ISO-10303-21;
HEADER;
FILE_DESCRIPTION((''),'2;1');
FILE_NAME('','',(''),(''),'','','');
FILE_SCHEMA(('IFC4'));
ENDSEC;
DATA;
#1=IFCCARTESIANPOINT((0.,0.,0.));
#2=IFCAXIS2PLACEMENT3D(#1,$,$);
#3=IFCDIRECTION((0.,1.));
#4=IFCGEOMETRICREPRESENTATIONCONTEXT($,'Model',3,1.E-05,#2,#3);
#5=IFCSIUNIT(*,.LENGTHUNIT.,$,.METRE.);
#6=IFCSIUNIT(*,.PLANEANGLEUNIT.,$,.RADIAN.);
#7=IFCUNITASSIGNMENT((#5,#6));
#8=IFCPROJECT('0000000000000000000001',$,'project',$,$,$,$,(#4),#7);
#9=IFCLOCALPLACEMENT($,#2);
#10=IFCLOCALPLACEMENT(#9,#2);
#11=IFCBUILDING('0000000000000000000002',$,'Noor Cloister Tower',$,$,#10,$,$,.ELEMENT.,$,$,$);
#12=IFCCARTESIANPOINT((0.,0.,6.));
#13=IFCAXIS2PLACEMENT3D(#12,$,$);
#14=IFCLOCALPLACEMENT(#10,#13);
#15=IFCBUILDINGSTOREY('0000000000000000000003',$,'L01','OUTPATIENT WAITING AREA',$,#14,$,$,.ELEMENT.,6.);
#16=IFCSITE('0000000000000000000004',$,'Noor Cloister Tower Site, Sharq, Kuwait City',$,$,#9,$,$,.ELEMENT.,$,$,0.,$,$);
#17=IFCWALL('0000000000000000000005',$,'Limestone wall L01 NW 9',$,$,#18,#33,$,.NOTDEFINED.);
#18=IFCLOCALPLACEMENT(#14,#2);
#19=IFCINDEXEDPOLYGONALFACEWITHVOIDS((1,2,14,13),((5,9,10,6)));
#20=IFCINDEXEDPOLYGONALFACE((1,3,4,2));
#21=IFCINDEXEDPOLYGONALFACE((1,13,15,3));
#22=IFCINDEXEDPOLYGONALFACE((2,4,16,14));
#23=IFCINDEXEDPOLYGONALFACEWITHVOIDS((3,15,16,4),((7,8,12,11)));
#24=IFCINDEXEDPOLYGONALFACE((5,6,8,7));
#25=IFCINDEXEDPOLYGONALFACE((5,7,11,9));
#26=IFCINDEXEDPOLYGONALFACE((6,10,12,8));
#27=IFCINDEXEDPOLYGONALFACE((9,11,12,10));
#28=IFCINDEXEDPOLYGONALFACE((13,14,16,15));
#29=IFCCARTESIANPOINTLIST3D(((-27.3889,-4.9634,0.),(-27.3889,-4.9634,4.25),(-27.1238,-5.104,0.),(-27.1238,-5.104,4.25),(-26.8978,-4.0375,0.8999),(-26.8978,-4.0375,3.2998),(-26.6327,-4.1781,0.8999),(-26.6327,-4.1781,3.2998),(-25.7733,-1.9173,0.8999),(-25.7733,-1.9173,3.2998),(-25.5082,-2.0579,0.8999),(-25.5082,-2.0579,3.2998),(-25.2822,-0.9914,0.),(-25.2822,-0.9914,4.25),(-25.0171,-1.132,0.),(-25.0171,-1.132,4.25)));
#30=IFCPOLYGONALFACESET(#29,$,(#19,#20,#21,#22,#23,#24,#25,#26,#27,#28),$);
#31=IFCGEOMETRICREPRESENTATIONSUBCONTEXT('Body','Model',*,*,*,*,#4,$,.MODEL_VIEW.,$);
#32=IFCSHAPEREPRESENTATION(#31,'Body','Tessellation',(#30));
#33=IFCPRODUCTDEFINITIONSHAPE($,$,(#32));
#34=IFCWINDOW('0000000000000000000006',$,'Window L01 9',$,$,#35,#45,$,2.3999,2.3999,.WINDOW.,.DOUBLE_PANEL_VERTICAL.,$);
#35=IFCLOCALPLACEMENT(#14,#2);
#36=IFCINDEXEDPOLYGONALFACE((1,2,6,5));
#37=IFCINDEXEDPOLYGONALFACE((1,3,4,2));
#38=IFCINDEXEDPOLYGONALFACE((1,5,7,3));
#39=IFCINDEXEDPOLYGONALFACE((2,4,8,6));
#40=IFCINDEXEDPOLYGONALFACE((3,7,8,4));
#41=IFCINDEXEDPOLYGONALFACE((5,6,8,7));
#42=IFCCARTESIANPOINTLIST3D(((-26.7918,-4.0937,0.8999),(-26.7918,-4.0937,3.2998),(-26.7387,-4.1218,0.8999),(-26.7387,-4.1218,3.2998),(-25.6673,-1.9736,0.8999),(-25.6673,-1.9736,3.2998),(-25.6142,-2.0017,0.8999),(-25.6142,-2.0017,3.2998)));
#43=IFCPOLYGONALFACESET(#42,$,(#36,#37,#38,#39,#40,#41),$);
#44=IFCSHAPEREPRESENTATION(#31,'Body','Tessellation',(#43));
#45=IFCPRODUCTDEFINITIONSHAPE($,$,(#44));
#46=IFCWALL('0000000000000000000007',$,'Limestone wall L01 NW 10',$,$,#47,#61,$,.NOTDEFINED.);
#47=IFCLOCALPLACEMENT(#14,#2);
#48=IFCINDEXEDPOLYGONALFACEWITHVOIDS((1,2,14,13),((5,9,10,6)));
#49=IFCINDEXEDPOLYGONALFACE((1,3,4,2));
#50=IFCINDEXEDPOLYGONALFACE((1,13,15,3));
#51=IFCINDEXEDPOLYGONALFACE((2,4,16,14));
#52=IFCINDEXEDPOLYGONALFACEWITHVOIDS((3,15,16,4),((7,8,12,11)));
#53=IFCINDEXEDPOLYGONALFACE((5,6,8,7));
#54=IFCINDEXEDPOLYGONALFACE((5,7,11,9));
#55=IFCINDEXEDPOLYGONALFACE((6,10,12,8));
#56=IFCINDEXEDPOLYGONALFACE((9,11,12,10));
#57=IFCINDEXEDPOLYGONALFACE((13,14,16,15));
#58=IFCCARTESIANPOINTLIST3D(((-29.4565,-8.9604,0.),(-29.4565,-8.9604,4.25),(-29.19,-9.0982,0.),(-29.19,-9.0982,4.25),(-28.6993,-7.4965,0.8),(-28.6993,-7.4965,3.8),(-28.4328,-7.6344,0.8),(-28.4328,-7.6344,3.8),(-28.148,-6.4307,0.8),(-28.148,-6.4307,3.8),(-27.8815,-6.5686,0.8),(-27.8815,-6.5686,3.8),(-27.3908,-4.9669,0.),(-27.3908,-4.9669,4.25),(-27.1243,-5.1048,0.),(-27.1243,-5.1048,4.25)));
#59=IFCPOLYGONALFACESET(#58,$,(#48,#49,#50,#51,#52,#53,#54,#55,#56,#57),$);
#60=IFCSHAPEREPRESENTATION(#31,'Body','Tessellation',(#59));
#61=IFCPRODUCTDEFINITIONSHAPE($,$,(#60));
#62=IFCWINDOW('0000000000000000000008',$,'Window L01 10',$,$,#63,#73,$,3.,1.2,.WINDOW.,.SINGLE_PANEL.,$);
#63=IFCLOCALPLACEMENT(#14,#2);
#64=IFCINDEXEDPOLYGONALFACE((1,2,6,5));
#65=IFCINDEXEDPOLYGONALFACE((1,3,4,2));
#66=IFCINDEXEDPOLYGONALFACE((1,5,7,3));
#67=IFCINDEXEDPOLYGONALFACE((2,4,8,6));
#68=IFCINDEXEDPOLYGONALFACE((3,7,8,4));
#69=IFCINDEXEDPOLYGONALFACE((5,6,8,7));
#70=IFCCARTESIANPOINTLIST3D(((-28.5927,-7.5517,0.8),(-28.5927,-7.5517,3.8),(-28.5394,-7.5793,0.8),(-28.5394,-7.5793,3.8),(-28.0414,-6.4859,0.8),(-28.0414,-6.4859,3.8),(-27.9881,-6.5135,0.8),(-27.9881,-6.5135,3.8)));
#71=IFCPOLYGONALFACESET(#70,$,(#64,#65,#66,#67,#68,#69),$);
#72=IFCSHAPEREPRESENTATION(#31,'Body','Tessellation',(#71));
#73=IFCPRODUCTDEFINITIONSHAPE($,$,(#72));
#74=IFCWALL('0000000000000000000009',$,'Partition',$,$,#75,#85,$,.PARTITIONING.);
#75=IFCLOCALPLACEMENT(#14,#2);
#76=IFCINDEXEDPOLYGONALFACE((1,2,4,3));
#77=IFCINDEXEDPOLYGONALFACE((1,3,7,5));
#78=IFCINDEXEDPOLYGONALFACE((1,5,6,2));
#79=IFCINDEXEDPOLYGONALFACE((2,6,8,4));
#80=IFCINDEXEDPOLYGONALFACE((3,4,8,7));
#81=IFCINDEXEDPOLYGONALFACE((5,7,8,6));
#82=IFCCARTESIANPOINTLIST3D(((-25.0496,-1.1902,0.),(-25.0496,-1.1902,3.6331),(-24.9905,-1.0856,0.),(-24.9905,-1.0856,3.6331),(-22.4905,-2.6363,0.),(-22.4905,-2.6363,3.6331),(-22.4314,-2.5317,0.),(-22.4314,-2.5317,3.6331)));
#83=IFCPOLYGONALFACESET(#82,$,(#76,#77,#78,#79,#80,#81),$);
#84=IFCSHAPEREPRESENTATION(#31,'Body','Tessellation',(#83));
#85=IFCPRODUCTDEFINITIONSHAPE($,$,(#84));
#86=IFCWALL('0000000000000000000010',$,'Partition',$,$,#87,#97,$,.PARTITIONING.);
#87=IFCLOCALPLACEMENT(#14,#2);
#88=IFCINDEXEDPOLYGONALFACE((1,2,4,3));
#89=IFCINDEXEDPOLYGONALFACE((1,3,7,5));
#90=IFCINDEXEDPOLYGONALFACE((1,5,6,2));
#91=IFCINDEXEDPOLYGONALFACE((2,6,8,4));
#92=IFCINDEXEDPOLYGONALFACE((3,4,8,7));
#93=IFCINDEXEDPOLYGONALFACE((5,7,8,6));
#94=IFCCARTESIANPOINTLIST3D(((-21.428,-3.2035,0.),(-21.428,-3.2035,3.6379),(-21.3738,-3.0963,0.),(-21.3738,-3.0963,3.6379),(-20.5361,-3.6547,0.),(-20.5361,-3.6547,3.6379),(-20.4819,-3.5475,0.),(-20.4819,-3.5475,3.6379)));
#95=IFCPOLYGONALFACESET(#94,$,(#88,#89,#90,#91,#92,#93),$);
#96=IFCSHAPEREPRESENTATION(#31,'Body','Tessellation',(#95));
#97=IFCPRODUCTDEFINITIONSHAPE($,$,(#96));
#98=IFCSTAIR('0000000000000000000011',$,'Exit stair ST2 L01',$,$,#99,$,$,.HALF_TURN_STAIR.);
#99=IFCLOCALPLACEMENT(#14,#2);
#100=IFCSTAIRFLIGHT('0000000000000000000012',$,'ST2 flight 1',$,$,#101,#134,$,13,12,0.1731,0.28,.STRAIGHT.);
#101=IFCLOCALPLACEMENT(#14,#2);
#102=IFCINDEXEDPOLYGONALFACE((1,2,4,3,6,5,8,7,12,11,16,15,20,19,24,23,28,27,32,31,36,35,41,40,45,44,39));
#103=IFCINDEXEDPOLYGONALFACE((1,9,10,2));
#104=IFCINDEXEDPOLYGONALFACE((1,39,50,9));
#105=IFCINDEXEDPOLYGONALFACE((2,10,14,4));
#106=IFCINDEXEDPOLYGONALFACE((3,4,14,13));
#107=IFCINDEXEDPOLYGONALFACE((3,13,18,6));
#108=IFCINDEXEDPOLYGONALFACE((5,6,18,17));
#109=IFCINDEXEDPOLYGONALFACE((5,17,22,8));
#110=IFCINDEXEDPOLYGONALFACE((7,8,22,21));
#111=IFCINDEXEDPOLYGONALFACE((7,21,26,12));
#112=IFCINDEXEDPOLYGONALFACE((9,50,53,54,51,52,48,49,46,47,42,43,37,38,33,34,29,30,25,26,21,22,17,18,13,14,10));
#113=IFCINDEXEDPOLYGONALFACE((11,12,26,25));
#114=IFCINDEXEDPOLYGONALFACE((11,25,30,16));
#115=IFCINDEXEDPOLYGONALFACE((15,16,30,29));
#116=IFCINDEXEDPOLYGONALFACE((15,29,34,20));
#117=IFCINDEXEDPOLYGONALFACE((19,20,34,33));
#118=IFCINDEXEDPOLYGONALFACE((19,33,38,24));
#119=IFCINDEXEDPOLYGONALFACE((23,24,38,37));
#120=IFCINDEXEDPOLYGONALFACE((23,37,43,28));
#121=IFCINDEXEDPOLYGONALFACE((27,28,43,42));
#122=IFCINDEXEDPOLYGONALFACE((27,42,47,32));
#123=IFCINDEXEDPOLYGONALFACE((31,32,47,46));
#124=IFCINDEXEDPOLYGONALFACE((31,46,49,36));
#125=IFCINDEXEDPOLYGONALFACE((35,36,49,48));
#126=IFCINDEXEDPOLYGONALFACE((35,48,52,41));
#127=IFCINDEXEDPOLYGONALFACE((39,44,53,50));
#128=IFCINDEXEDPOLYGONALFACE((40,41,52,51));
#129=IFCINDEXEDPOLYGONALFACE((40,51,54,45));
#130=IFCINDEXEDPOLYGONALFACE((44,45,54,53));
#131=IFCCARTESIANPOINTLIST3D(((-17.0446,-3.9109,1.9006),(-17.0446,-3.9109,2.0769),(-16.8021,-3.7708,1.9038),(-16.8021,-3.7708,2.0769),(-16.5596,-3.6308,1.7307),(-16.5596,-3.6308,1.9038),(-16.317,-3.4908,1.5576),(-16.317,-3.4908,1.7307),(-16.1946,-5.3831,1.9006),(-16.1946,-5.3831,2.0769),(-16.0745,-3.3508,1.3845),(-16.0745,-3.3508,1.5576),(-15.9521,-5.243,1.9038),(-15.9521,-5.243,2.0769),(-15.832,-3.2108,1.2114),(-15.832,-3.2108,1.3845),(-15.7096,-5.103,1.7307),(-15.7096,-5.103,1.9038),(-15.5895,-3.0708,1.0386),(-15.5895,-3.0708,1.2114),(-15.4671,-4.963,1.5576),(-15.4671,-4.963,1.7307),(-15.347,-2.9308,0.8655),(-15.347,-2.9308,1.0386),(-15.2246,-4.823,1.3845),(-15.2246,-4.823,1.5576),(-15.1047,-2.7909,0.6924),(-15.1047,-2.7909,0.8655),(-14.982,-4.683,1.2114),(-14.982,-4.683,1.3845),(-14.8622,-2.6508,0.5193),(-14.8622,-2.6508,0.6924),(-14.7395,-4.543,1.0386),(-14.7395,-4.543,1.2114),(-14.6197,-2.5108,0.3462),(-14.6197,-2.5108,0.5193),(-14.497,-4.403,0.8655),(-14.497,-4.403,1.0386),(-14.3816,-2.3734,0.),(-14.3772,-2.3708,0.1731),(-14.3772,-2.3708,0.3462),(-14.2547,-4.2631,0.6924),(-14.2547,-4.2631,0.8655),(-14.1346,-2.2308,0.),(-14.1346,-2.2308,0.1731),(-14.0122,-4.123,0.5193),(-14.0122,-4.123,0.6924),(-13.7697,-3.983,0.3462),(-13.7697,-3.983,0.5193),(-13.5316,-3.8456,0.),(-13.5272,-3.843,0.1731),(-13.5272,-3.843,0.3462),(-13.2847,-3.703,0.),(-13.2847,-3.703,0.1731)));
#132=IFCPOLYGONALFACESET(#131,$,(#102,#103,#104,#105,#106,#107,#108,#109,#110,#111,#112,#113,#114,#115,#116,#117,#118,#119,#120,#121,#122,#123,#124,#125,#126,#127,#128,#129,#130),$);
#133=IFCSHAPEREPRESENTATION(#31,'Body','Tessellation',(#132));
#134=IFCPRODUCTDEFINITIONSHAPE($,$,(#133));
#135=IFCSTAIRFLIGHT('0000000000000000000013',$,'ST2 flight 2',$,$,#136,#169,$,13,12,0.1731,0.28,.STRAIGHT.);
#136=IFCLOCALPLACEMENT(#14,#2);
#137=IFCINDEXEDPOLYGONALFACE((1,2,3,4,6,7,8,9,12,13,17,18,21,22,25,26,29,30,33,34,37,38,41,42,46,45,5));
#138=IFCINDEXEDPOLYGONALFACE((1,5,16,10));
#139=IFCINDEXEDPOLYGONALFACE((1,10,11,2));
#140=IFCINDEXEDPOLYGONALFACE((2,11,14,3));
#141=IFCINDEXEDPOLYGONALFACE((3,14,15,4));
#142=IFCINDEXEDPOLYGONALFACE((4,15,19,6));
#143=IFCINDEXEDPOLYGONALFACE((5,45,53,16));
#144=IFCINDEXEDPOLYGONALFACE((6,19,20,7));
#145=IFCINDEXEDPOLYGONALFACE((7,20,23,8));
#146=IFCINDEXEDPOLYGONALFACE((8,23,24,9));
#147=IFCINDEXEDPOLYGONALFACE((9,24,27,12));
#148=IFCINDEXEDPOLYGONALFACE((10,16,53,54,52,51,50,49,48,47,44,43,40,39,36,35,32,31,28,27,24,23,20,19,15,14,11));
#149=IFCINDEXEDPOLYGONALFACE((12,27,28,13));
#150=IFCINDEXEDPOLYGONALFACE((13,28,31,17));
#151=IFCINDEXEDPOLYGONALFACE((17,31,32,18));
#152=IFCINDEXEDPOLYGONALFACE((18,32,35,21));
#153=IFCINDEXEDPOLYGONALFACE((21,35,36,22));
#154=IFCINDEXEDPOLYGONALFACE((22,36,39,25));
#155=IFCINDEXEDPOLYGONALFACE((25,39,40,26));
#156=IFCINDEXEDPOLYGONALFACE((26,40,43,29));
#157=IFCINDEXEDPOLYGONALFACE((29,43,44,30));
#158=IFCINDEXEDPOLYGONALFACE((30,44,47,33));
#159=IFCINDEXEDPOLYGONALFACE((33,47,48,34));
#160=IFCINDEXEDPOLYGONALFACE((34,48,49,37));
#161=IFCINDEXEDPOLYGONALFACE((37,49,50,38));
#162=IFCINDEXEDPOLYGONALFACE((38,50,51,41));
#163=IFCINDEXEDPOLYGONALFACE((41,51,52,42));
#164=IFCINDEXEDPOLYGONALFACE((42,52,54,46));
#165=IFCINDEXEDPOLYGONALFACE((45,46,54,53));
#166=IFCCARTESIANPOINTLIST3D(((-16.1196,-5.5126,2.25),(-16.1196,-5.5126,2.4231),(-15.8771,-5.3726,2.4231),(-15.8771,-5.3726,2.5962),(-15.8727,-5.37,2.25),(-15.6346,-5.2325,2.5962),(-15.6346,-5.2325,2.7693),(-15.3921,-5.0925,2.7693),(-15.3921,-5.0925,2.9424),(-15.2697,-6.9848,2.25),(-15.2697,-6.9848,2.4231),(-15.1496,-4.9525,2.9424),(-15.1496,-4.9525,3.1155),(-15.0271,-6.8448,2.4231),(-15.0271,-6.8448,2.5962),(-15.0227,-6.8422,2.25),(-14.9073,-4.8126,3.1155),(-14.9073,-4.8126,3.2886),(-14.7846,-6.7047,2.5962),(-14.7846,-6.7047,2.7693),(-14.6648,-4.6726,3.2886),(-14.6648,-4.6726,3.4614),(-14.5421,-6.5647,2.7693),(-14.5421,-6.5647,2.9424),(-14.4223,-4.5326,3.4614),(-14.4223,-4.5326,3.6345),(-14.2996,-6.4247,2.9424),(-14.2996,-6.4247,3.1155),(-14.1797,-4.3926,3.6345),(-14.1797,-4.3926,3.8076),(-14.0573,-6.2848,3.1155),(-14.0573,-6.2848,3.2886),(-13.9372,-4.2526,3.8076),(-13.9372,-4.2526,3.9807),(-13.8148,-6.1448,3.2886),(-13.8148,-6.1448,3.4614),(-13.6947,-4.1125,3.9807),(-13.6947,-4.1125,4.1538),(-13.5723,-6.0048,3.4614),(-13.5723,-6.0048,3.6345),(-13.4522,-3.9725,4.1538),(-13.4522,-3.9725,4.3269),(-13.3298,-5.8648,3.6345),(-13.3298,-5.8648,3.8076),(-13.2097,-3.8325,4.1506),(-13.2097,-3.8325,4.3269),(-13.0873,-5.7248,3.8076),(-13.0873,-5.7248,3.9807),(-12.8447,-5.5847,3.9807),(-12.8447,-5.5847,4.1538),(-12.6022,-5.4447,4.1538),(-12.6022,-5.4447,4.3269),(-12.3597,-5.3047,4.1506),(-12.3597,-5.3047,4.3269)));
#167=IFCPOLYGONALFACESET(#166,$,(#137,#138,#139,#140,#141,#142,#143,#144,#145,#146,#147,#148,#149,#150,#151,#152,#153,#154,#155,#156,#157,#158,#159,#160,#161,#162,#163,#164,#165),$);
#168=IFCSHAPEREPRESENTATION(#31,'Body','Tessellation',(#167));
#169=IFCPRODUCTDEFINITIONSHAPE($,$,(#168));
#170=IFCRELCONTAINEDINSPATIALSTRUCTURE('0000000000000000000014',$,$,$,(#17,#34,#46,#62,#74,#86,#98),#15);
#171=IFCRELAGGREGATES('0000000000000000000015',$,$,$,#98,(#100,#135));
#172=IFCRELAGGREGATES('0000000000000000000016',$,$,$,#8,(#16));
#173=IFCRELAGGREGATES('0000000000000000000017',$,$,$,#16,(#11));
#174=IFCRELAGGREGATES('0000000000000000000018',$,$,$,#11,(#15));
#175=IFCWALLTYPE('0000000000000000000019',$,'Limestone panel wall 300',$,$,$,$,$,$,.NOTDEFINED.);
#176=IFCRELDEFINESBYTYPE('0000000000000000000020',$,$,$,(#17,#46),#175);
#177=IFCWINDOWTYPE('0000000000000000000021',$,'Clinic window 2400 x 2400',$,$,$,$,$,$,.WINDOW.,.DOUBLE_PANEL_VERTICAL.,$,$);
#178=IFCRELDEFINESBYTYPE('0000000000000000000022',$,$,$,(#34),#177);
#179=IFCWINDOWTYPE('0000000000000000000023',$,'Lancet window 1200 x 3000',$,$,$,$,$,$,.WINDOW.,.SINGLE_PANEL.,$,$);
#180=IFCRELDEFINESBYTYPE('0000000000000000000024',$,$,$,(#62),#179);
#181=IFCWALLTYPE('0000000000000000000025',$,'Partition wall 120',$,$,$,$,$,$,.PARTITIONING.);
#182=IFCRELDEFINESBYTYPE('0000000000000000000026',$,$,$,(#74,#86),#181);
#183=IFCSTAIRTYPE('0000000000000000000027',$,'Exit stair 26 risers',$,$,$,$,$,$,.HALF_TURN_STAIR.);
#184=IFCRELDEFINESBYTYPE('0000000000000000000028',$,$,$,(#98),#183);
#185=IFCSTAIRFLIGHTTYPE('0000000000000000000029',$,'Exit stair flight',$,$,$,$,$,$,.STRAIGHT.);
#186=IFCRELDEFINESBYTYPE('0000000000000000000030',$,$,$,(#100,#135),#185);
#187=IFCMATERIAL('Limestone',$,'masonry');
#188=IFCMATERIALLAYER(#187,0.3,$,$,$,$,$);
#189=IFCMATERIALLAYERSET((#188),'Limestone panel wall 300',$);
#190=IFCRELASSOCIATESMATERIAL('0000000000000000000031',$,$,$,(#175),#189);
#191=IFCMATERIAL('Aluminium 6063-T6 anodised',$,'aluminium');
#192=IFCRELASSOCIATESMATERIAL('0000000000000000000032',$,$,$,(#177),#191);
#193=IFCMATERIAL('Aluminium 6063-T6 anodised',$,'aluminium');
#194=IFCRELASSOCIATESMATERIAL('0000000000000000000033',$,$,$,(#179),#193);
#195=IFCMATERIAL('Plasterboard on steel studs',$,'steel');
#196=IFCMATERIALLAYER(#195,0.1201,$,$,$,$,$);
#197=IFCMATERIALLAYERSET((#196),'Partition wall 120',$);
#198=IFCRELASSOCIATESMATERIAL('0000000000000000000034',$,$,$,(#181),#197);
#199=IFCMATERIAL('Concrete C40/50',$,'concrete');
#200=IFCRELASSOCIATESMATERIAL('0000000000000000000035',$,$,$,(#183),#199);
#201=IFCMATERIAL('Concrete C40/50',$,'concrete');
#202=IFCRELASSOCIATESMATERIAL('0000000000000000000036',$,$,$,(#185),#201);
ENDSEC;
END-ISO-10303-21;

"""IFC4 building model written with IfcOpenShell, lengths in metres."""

from ifc_helpers import new_model, si_unit, direction, frame, frame_2d, origin, place, context, subcontext, project, spatial, polyline, rectangle, outline, extrude, material, layer, layer_set, type_object, element, fill, aggregate, save


model = new_model("IFC4")

# Units and contexts
model_context = context("Model", 3, precision=1e-05, world=origin(), true_north=direction((0.0, 1.0)))
body_context = subcontext(model_context, "Body", "Model", "MODEL_VIEW")
ifc_project = project(units=[si_unit("LENGTHUNIT", "METRE"), si_unit("PLANEANGLEUNIT", "RADIAN")], contexts=[model_context])

# Site, building, storey
site_placement = place(None, origin())
site = spatial("IfcSite", under=ifc_project, at=site_placement, Name="Noor Cloister Tower Site, Sharq, Kuwait City", CompositionType="ELEMENT", RefElevation=0.0)
building_placement = place(site_placement, origin())
building = spatial("IfcBuilding", under=site, at=building_placement, Name="Noor Cloister Tower", CompositionType="ELEMENT")
storey_placement = place(building_placement, frame((0.0, 0.0, 6.0)))
storey = spatial("IfcBuildingStorey", under=building, at=storey_placement, Name="L01", Description="OUTPATIENT WAITING AREA", CompositionType="ELEMENT", Elevation=6.0)

# Walls, openings, windows
ifc_material_1 = material(Name="Limestone", Category="masonry")
ifc_layer_1 = layer(ifc_material_1, 0.3)
ifc_layer_set_1 = layer_set([ifc_layer_1], Name="Limestone panel wall 300")
wall_type_1 = type_object("IfcWallType", Name="Limestone panel wall 300", PredefinedType="NOTDEFINED", material=ifc_layer_set_1)
ifc_material_2 = material(Name="Aluminium 6063-T6 anodised", Category="aluminium")
window_type_1 = type_object("IfcWindowType", Name="Clinic window 2400 x 2400", PartitioningType="DOUBLE_PANEL_VERTICAL", PredefinedType="WINDOW", material=ifc_material_2)
wall_1_placement = place(storey_placement, frame((-27.2563, -5.0337, 0.0), z_axis=(0.0, 0.0, 1.0), x_axis=(0.468566, 0.883428, 0.0)))
wall_1 = element("IfcWall", 1, at=wall_1_placement, inside=storey, type_object=wall_type_1, Name="Limestone wall L01 NW 9", PredefinedType="NOTDEFINED", context=body_context, shape_type="SweptSolid", body=[
    extrude(rectangle(XDim=4.4961, YDim=0.3, at=frame_2d((2.248, 0.0))), origin(), (0.0, 0.0, 1.0), 4.25),
])
opening_1_placement = place(wall_1_placement, frame((1.0481, 0.0, 0.8999)))
opening_1 = element("IfcOpeningElement", 2, at=opening_1_placement, cuts=wall_1, PredefinedType="OPENING", context=body_context, shape_type="SweptSolid", body=[
    extrude(rectangle(XDim=2.3999, YDim=2.3999, at=frame_2d((1.2, 1.2))), frame((0.0, 0.1602, 0.0), z_axis=(0.0, -1.0, 0.0), x_axis=(1.0, 0.0, 0.0)), (0.0, 0.0, 1.0), 0.3201),
])
window_1_placement = place(opening_1_placement, origin())
window_1 = element("IfcWindow", 3, at=window_1_placement, inside=storey, type_object=window_type_1, Name="Window L01 9", OverallHeight=2.3999, OverallWidth=2.3999, PartitioningType="DOUBLE_PANEL_VERTICAL", PredefinedType="WINDOW", context=body_context, shape_type="SweptSolid", body=[
    extrude(rectangle(XDim=2.3999, YDim=2.3999, at=frame_2d((1.2, 1.2))), frame((0.0, 0.03, 0.0), z_axis=(0.0, -1.0, 0.0), x_axis=(1.0, 0.0, 0.0)), (0.0, 0.0, 1.0), 0.0601),
])
fill(opening_1, window_1)
wall_2_placement = place(storey_placement, frame((-29.3232, -9.0293, 0.0), z_axis=(0.0, 0.0, 1.0), x_axis=(0.459444, 0.888207, 0.0)))
wall_2 = element("IfcWall", 4, at=wall_2_placement, inside=storey, type_object=wall_type_1, Name="Limestone wall L01 NW 10", PredefinedType="NOTDEFINED", context=body_context, shape_type="SweptSolid", body=[
    extrude(rectangle(XDim=4.4961, YDim=0.3, at=frame_2d((2.248, 0.0))), origin(), (0.0, 0.0, 1.0), 4.25),
])
opening_2_placement = place(wall_2_placement, frame((1.6479, 0.0, 0.8)))
opening_2 = element("IfcOpeningElement", 5, at=opening_2_placement, cuts=wall_2, PredefinedType="OPENING", context=body_context, shape_type="SweptSolid", body=[
    extrude(rectangle(XDim=1.2, YDim=3.0, at=frame_2d((0.6001, 1.5))), frame((0.0, 0.1602, 0.0), z_axis=(0.0, -1.0, 0.0), x_axis=(1.0, 0.0, 0.0)), (0.0, 0.0, 1.0), 0.3201),
])
ifc_material_3 = material(Name="Aluminium 6063-T6 anodised", Category="aluminium")
window_type_2 = type_object("IfcWindowType", Name="Lancet window 1200 x 3000", PartitioningType="SINGLE_PANEL", PredefinedType="WINDOW", material=ifc_material_3)
window_2_placement = place(opening_2_placement, origin())
window_2 = element("IfcWindow", 6, at=window_2_placement, inside=storey, type_object=window_type_2, Name="Window L01 10", OverallHeight=3.0, OverallWidth=1.2, PartitioningType="SINGLE_PANEL", PredefinedType="WINDOW", context=body_context, shape_type="SweptSolid", body=[
    extrude(rectangle(XDim=1.2, YDim=3.0, at=frame_2d((0.6001, 1.5))), frame((0.0, 0.03, 0.0), z_axis=(0.0, -1.0, 0.0), x_axis=(1.0, 0.0, 0.0)), (0.0, 0.0, 1.0), 0.0601),
])
fill(opening_2, window_2)

# Walls
ifc_material_4 = material(Name="Plasterboard on steel studs", Category="steel")
ifc_layer_2 = layer(ifc_material_4, 0.1201)
ifc_layer_set_2 = layer_set([ifc_layer_2], Name="Partition wall 120")
wall_type_2 = type_object("IfcWallType", Name="Partition wall 120", PredefinedType="PARTITIONING", material=ifc_layer_set_2)
wall_3_placement = place(storey_placement, frame((-22.4609, -2.584, 0.0), z_axis=(0.0, 0.0, 1.0), x_axis=(-0.87062, 0.491956, 0.0)))
element("IfcWall", 7, at=wall_3_placement, inside=storey, type_object=wall_type_2, Name="Partition", PredefinedType="PARTITIONING", context=body_context, shape_type="SweptSolid", body=[
    extrude(rectangle(XDim=2.9395, YDim=0.1201, at=frame_2d((1.4697, 0.0))), origin(), (0.0, 0.0, 1.0), 3.6331),
])
wall_4_placement = place(storey_placement, frame((-20.509, -3.6011, 0.0), z_axis=(0.0, 0.0, 1.0), x_axis=(-0.892317, 0.45141, 0.0)))
element("IfcWall", 8, at=wall_4_placement, inside=storey, type_object=wall_type_2, Name="Partition", PredefinedType="PARTITIONING", context=body_context, shape_type="SweptSolid", body=[
    extrude(rectangle(XDim=0.9995, YDim=0.1201, at=frame_2d((0.4998, 0.0))), origin(), (0.0, 0.0, 1.0), 3.6379),
])

# Stair, stair flights
ifc_material_5 = material(Name="Concrete C40/50", Category="concrete")
stair_type = type_object("IfcStairType", Name="Exit stair 26 risers", PredefinedType="HALF_TURN_STAIR", material=ifc_material_5)
stair_placement = place(storey_placement, origin())
stair = element("IfcStair", 9, at=stair_placement, inside=storey, type_object=stair_type, Name="Exit stair ST2 L01", PredefinedType="HALF_TURN_STAIR")
ifc_material_6 = material(Name="Concrete C40/50", Category="concrete")
stair_flight_type = type_object("IfcStairFlightType", Name="Exit stair flight", PredefinedType="STRAIGHT", material=ifc_material_6)
stair_flight_1_placement = place(storey_placement, frame((-13.7097, -2.9668, 0.0), z_axis=(0.0, 0.0, 1.0), x_axis=(-0.866025, -0.5, 0.0)))
stair_flight_1 = element("IfcStairFlight", 10, at=stair_flight_1_placement, type_object=stair_flight_type, Name="ST2 flight 1", NumberOfRisers=13, NumberOfTreads=12, PredefinedType="STRAIGHT", RiserHeight=0.1731, TreadLength=0.28, context=body_context, shape_type="SweptSolid", body=[
    extrude(outline(polyline([(0.0, 0.0), (0.0, 0.1731), (0.28, 0.1731), (0.28, 0.3462), (0.5601, 0.3462), (0.5601, 0.5193), (0.8401, 0.5193), (0.8401, 0.6924), (1.1201, 0.6924), (1.1201, 0.8655), (1.3999, 0.8655), (1.3999, 1.0386), (1.6799, 1.0386), (1.6799, 1.2114), (1.96, 1.2114), (1.96, 1.3845), (2.24, 1.3845), (2.24, 1.5576), (2.52, 1.5576), (2.52, 1.7307), (2.8, 1.7307), (2.8, 1.9038), (3.0801, 1.9038), (3.0801, 2.0769), (3.3601, 2.0769), (3.3601, 2.25), (3.3601, 1.9006), (0.2852, 0.0), (0.0, 0.0)])), frame((0.0, 0.8501, 0.0), z_axis=(0.0, -1.0, 0.0), x_axis=(1.0, 0.0, 0.0)), (0.0, 0.0, 1.0), 1.7),
])
stair_flight_2_placement = place(storey_placement, frame((-15.6946, -6.2488, 2.25), z_axis=(0.0, 0.0, 1.0), x_axis=(0.866025, 0.5, 0.0)))
stair_flight_2 = element("IfcStairFlight", 11, at=stair_flight_2_placement, type_object=stair_flight_type, Name="ST2 flight 2", NumberOfRisers=13, NumberOfTreads=12, PredefinedType="STRAIGHT", RiserHeight=0.1731, TreadLength=0.28, context=body_context, shape_type="SweptSolid", body=[
    extrude(outline(polyline([(0.0, 0.0), (0.0, 0.1731), (0.28, 0.1731), (0.28, 0.3462), (0.5601, 0.3462), (0.5601, 0.5193), (0.8401, 0.5193), (0.8401, 0.6924), (1.1201, 0.6924), (1.1201, 0.8655), (1.3999, 0.8655), (1.3999, 1.0386), (1.6799, 1.0386), (1.6799, 1.2114), (1.96, 1.2114), (1.96, 1.3845), (2.24, 1.3845), (2.24, 1.5576), (2.52, 1.5576), (2.52, 1.7307), (2.8, 1.7307), (2.8, 1.9038), (3.0801, 1.9038), (3.0801, 2.0769), (3.3601, 2.0769), (3.3601, 2.25), (3.3601, 1.9006), (0.2852, 0.0), (0.0, 0.0)])), frame((0.0, 0.8501, 0.0), z_axis=(0.0, -1.0, 0.0), x_axis=(1.0, 0.0, 0.0)), (0.0, 0.0, 1.0), 1.7),
])
aggregate(stair, [stair_flight_1, stair_flight_2])

save(model, "model.ifc")
